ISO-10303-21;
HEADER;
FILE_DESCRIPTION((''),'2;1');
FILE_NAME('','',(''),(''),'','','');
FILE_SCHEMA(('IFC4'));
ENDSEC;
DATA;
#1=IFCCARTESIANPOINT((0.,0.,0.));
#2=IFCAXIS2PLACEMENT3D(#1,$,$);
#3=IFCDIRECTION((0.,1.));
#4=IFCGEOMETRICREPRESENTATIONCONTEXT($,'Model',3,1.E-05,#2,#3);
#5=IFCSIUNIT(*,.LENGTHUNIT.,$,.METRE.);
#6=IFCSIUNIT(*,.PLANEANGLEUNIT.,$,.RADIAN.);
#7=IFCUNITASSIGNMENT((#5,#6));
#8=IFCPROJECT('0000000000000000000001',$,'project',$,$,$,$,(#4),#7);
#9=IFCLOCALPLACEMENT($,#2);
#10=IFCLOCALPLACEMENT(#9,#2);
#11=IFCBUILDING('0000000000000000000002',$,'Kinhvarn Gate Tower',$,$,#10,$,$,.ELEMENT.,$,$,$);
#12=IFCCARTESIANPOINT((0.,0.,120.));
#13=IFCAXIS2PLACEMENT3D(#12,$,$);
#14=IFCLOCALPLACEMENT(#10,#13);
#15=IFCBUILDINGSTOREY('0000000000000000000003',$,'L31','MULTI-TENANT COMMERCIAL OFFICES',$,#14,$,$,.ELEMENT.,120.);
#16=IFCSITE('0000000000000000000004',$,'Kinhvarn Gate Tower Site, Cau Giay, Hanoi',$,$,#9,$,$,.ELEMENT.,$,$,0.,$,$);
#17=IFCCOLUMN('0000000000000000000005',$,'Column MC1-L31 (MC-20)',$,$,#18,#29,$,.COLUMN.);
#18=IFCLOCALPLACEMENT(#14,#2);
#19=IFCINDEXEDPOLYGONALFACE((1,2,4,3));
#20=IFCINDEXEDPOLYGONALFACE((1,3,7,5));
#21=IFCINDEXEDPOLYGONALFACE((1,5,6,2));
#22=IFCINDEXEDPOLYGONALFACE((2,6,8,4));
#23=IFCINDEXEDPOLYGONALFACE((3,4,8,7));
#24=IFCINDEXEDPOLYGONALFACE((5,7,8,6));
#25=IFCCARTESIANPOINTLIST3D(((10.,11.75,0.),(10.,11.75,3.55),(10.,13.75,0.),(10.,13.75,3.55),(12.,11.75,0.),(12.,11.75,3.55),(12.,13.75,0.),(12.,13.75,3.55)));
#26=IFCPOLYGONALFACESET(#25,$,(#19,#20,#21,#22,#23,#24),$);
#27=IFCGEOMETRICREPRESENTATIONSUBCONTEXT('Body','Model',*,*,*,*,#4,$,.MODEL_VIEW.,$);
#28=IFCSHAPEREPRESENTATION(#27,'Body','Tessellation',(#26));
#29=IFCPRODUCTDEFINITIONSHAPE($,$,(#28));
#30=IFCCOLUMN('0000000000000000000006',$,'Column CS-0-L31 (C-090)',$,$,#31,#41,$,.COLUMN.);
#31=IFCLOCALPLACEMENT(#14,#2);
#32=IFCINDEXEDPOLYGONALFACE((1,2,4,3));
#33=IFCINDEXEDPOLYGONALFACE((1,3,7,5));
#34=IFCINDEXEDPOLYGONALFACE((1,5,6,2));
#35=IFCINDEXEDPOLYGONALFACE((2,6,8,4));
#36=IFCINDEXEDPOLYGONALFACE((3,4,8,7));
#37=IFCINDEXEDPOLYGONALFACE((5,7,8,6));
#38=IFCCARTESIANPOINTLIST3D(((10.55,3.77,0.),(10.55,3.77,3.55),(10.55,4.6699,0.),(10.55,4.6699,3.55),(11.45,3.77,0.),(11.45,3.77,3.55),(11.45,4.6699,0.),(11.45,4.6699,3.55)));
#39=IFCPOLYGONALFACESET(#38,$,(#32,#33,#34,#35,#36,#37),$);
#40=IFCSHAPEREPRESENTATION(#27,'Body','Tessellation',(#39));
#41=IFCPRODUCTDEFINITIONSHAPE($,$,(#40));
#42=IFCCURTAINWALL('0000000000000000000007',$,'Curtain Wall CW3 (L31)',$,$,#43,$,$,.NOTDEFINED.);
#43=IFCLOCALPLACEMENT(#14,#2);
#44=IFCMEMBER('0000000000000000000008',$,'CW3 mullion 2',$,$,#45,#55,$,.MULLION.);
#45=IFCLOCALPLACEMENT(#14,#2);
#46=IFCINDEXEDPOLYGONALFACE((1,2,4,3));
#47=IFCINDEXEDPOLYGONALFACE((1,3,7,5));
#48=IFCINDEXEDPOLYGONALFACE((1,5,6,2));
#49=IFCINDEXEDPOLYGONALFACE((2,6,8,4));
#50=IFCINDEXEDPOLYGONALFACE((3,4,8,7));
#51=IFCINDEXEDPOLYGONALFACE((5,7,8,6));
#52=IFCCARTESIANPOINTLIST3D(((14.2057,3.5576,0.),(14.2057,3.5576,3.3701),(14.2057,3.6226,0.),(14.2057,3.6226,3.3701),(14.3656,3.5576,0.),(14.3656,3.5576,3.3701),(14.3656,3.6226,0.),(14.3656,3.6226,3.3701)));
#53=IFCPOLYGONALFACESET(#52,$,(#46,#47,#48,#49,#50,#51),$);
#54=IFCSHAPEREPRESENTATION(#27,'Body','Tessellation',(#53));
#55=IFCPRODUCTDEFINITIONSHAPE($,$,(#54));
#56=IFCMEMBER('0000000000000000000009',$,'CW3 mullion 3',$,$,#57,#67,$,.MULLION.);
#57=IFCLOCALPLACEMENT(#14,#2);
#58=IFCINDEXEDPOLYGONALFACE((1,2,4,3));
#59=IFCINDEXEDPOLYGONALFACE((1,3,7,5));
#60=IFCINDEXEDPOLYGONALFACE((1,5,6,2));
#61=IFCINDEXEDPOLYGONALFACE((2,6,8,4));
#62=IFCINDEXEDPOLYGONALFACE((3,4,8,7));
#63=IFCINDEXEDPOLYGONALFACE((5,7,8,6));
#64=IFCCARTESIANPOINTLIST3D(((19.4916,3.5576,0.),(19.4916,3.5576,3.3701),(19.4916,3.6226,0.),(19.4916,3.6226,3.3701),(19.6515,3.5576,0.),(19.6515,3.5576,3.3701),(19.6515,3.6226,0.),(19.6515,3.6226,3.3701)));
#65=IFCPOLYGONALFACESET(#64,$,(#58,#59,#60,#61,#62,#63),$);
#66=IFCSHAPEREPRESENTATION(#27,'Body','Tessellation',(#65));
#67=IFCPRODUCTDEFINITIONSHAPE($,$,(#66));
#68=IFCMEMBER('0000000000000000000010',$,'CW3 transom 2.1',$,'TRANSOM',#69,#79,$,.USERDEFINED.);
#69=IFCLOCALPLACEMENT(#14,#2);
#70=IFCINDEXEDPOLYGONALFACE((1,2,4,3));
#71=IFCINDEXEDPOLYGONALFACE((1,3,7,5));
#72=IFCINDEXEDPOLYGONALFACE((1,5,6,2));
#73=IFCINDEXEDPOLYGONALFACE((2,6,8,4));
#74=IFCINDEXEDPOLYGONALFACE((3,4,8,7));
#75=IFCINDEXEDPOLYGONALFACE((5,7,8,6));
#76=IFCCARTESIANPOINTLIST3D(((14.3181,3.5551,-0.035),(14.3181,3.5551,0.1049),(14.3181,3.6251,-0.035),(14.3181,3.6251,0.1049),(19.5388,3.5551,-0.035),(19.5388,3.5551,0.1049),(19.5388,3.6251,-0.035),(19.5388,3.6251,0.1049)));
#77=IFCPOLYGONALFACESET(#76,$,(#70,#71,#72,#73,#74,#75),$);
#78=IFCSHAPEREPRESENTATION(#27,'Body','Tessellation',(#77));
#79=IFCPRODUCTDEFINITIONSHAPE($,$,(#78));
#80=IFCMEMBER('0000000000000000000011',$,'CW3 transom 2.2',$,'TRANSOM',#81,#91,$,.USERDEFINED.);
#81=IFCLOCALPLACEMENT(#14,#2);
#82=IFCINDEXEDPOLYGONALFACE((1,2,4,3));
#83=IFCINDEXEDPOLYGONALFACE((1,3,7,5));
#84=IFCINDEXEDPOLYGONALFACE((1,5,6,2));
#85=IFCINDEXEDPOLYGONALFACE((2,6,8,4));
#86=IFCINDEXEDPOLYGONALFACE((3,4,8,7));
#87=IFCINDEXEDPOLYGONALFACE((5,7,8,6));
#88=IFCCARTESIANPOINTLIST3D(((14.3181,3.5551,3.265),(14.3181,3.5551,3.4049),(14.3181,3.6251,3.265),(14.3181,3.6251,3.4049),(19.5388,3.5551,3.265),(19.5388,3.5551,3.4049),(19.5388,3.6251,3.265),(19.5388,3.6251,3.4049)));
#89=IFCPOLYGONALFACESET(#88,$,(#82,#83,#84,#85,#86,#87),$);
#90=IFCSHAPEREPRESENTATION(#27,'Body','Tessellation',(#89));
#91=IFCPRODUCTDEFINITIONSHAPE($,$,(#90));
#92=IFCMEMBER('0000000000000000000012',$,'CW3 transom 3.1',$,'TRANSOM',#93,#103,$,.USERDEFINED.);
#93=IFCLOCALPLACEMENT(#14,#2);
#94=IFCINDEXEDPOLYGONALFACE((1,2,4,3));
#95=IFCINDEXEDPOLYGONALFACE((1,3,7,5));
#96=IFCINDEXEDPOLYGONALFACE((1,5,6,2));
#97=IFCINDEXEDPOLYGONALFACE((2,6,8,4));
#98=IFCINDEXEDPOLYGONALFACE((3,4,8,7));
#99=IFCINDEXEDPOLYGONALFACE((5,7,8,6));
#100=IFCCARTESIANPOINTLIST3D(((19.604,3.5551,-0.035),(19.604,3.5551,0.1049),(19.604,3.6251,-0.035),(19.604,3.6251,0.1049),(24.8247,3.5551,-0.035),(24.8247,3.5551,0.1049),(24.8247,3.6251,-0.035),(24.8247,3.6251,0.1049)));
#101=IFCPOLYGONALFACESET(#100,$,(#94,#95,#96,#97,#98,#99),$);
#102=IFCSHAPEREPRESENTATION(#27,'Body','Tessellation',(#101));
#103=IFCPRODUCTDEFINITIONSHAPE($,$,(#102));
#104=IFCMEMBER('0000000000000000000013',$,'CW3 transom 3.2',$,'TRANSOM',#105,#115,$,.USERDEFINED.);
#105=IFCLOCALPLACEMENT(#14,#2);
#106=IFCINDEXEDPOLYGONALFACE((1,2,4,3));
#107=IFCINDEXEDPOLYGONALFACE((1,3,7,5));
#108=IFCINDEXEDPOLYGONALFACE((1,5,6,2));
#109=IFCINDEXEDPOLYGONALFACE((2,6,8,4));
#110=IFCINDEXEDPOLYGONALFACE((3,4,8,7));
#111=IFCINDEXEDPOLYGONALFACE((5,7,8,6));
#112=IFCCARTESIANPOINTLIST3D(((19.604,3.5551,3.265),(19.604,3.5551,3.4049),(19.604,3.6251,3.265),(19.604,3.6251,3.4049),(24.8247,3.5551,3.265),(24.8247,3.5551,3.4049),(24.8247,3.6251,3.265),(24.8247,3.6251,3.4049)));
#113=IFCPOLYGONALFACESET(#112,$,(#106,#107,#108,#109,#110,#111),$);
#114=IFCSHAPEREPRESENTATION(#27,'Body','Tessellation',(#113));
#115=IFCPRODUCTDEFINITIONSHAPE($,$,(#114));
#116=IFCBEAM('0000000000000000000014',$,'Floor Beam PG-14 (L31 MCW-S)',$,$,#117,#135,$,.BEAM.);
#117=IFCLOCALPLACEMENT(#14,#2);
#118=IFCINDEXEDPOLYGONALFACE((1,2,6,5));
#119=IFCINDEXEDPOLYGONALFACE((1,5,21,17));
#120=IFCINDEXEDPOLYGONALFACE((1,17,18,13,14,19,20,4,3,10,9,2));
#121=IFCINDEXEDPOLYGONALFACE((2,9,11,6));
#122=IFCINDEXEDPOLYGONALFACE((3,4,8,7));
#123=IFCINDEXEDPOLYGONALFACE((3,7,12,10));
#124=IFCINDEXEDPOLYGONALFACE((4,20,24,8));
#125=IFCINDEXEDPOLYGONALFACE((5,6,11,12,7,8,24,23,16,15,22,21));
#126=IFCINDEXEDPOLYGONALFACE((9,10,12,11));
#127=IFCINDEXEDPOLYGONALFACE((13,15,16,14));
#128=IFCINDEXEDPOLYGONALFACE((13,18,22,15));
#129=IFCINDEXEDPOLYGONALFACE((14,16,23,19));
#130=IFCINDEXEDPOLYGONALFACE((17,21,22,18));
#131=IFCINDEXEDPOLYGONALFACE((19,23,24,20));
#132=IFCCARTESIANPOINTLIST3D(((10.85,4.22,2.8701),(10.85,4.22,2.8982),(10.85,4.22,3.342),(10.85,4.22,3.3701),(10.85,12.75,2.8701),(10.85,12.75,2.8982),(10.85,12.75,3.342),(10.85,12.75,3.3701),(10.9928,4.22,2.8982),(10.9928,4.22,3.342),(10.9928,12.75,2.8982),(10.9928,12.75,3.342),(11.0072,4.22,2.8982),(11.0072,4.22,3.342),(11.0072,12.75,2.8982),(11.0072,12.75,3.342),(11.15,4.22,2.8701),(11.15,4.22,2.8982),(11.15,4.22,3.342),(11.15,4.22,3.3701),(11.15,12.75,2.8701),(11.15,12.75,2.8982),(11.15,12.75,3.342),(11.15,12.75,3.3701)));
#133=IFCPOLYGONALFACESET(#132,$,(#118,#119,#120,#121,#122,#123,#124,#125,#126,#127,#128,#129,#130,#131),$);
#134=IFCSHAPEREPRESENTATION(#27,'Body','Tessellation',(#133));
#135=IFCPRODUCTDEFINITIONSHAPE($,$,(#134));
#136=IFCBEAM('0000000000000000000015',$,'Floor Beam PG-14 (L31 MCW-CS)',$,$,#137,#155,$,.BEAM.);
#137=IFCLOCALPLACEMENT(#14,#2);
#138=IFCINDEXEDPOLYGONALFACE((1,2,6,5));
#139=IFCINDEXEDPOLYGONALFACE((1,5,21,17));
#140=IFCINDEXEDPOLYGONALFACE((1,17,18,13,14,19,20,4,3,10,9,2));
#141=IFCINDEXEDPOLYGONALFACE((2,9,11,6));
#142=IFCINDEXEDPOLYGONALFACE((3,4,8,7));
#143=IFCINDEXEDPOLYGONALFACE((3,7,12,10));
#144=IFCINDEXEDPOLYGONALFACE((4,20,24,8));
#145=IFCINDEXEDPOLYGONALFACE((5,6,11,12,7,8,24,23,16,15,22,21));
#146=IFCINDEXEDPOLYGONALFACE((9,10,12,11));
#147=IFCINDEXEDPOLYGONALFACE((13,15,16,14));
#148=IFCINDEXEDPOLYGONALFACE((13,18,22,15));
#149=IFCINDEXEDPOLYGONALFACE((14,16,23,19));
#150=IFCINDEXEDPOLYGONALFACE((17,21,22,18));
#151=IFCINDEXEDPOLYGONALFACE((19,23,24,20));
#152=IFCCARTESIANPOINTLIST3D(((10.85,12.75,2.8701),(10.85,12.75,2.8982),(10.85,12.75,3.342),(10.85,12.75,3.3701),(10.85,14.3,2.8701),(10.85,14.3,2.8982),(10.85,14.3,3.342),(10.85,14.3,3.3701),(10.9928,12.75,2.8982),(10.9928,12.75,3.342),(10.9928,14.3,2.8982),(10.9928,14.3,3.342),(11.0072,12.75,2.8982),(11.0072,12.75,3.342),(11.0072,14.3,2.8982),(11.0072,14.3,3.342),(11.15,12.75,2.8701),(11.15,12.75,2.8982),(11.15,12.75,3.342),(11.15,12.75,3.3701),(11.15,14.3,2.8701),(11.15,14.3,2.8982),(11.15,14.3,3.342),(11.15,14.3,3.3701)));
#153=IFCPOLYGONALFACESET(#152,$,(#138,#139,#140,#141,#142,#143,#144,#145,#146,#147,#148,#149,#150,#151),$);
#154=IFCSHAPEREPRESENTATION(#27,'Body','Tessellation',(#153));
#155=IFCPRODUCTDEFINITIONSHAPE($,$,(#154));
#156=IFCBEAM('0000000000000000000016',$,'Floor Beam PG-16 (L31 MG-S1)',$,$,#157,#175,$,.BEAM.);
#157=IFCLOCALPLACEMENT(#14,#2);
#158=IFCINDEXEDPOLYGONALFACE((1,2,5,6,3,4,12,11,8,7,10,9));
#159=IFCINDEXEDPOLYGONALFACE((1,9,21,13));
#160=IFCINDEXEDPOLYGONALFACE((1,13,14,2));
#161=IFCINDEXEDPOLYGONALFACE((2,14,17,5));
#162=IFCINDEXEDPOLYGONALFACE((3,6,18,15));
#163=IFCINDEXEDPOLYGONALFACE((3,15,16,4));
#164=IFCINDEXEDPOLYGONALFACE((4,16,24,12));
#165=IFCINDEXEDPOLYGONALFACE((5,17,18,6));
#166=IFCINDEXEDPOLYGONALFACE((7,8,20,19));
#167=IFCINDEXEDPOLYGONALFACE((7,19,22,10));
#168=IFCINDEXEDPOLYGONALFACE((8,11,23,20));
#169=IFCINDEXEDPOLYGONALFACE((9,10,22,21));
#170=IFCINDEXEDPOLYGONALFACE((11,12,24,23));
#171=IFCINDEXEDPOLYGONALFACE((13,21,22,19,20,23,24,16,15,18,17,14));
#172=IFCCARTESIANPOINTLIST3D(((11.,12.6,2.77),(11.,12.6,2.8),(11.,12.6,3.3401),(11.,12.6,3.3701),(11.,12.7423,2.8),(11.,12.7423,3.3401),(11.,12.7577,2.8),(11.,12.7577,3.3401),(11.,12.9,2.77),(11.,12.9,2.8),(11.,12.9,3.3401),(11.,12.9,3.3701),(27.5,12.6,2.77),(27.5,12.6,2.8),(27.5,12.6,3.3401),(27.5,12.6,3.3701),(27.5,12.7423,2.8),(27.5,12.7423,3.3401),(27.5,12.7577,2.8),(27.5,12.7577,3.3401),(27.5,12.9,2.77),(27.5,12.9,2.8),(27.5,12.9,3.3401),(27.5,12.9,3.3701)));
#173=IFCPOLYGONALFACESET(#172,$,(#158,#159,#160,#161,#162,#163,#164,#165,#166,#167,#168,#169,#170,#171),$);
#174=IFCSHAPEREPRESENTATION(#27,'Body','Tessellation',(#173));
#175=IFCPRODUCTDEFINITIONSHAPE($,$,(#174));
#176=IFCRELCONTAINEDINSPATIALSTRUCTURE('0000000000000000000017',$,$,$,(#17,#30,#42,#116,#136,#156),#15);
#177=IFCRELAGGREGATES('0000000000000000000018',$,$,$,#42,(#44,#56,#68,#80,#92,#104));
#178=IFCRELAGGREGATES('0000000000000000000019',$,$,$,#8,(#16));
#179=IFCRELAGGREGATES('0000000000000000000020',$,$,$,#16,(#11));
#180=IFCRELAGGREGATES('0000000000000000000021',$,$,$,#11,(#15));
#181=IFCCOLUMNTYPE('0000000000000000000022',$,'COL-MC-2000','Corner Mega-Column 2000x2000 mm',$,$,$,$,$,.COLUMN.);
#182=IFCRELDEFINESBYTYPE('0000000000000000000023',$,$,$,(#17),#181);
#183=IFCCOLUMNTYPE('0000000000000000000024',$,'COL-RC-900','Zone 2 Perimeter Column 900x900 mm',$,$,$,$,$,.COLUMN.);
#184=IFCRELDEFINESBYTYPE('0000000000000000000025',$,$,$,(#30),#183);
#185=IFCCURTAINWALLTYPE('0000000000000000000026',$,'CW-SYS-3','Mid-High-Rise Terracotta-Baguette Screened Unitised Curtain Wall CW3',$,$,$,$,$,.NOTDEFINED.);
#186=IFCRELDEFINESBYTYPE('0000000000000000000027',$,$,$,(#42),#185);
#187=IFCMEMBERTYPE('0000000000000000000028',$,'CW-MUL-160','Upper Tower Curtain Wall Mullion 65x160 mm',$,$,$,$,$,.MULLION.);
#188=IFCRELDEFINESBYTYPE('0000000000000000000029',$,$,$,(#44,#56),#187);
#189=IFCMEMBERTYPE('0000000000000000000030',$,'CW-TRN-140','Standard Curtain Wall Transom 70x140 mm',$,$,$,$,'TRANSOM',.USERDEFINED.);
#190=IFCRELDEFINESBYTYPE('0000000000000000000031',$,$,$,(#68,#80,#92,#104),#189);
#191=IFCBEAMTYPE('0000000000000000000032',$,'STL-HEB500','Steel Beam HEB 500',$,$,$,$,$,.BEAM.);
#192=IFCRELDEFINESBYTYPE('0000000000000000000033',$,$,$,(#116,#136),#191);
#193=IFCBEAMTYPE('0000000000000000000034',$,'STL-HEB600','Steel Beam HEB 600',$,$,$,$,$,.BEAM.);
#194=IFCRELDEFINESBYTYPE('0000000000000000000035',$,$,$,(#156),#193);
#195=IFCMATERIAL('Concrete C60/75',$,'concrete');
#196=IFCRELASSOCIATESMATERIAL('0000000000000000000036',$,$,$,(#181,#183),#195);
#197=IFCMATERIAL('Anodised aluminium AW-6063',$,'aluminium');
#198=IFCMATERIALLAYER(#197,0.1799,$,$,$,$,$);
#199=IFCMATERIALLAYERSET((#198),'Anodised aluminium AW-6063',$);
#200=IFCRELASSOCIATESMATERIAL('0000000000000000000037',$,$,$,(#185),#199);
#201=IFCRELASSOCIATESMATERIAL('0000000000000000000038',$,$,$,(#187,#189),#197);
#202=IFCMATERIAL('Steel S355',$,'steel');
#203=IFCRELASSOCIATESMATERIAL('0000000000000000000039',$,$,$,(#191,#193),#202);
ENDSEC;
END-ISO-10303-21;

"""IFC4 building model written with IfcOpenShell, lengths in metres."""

from ifc_helpers import new_model, si_unit, direction, frame, origin, origin_2d, place, context, subcontext, project, spatial, rectangle, i_section, extrude, material, layer, layer_set, material_profile, profile_set, type_object, element, aggregate, save


model = new_model("IFC4")

# Units and contexts
model_context = context("Model", 3, precision=1e-05, world=origin(), true_north=direction((0.0, 1.0)))
body_context = subcontext(model_context, "Body", "Model", "MODEL_VIEW")
ifc_project = project(units=[si_unit("LENGTHUNIT", "METRE"), si_unit("PLANEANGLEUNIT", "RADIAN")], contexts=[model_context])

# Site, building, storey
site_placement = place(None, origin())
site = spatial("IfcSite", under=ifc_project, at=site_placement, Name="Kinhvarn Gate Tower Site, Cau Giay, Hanoi", CompositionType="ELEMENT", RefElevation=0.0)
building_placement = place(site_placement, origin())
building = spatial("IfcBuilding", under=site, at=building_placement, Name="Kinhvarn Gate Tower", CompositionType="ELEMENT")
storey_placement = place(building_placement, frame((0.0, 0.0, 120.0)))
storey = spatial("IfcBuildingStorey", under=building, at=storey_placement, Name="L31", Description="MULTI-TENANT COMMERCIAL OFFICES", CompositionType="ELEMENT", Elevation=120.0)

# Columns
ifc_material_1 = material(Name="Concrete C60/75", Category="concrete")
ifc_material_profile_1 = material_profile(ifc_material_1, rectangle(XDim=2.0, YDim=2.0, at=origin_2d()), Name="RC 2000x2000")
ifc_profile_set_1 = profile_set([ifc_material_profile_1], Name="Concrete C60/75")
column_type_1 = type_object("IfcColumnType", Name="COL-MC-2000", Description="Corner Mega-Column 2000x2000 mm", PredefinedType="COLUMN", material=ifc_profile_set_1)
column_1_placement = place(storey_placement, frame((11.0, 12.75, 0.0), z_axis=(0.0, 0.0, 1.0), x_axis=(1.0, 0.0, 0.0)))
element("IfcColumn", 1, at=column_1_placement, inside=storey, type_object=column_type_1, Name="Column MC1-L31 (MC-20)", PredefinedType="COLUMN", context=body_context, shape_type="SweptSolid", body=[
    extrude(rectangle(XDim=2.0, YDim=2.0, at=origin_2d()), origin(), (0.0, 0.0, 1.0), 3.55),
])
ifc_material_profile_2 = material_profile(ifc_material_1, rectangle(XDim=0.8999, YDim=0.8999, at=origin_2d()), Name="RC 900x900")
ifc_profile_set_2 = profile_set([ifc_material_profile_2], Name="Concrete C60/75")
column_type_2 = type_object("IfcColumnType", Name="COL-RC-900", Description="Zone 2 Perimeter Column 900x900 mm", PredefinedType="COLUMN", material=ifc_profile_set_2)
column_2_placement = place(storey_placement, frame((11.0, 4.22, 0.0), z_axis=(0.0, 0.0, 1.0), x_axis=(1.0, 0.0, 0.0)))
element("IfcColumn", 2, at=column_2_placement, inside=storey, type_object=column_type_2, Name="Column CS-0-L31 (C-090)", PredefinedType="COLUMN", context=body_context, shape_type="SweptSolid", body=[
    extrude(rectangle(XDim=0.8999, YDim=0.8999, at=origin_2d()), origin(), (0.0, 0.0, 1.0), 3.55),
])

# Curtain wall, members
ifc_material_2 = material(Name="Anodised aluminium AW-6063", Category="aluminium")
ifc_layer_1 = layer(ifc_material_2, 0.1799)
ifc_layer_set_1 = layer_set([ifc_layer_1], Name="Anodised aluminium AW-6063")
curtain_wall_type = type_object("IfcCurtainWallType", Name="CW-SYS-3", Description="Mid-High-Rise Terracotta-Baguette Screened Unitised Curtain Wall CW3", PredefinedType="NOTDEFINED", material=ifc_layer_set_1)
curtain_wall_placement = place(storey_placement, origin())
curtain_wall = element("IfcCurtainWall", 3, at=curtain_wall_placement, inside=storey, type_object=curtain_wall_type, Name="Curtain Wall CW3 (L31)", PredefinedType="NOTDEFINED")
ifc_material_profile_3 = material_profile(ifc_material_2, rectangle(XDim=0.0649, YDim=0.1599, at=origin_2d()), Name="ALU 65x160")
ifc_profile_set_3 = profile_set([ifc_material_profile_3], Name="Anodised aluminium AW-6063")
member_type_1 = type_object("IfcMemberType", Name="CW-MUL-160", Description="Upper Tower Curtain Wall Mullion 65x160 mm", PredefinedType="MULLION", material=ifc_profile_set_3)
member_1_placement = place(storey_placement, frame((14.2856, 3.5901, 0.0), z_axis=(0.0, 0.0, 1.0), x_axis=(0.0, 1.0, 0.0)))
member_1 = element("IfcMember", 4, at=member_1_placement, type_object=member_type_1, Name="CW3 mullion 2", PredefinedType="MULLION", context=body_context, shape_type="SweptSolid", body=[
    extrude(rectangle(XDim=0.0649, YDim=0.1599, at=origin_2d()), origin(), (0.0, 0.0, 1.0), 3.3701),
])
member_2_placement = place(storey_placement, frame((19.5715, 3.5901, 0.0), z_axis=(0.0, 0.0, 1.0), x_axis=(0.0, 1.0, 0.0)))
member_2 = element("IfcMember", 5, at=member_2_placement, type_object=member_type_1, Name="CW3 mullion 3", PredefinedType="MULLION", context=body_context, shape_type="SweptSolid", body=[
    extrude(rectangle(XDim=0.0649, YDim=0.1599, at=origin_2d()), origin(), (0.0, 0.0, 1.0), 3.3701),
])
ifc_material_profile_4 = material_profile(ifc_material_2, rectangle(XDim=0.0701, YDim=0.1399, at=origin_2d()), Name="ALU 70x140")
ifc_profile_set_4 = profile_set([ifc_material_profile_4], Name="Anodised aluminium AW-6063")
member_type_2 = type_object("IfcMemberType", Name="CW-TRN-140", Description="Standard Curtain Wall Transom 70x140 mm", ElementType="TRANSOM", PredefinedType="USERDEFINED", material=ifc_profile_set_4)
member_3_placement = place(storey_placement, frame((14.3181, 3.5901, 0.0349), z_axis=(1.0, 0.0, 0.0), x_axis=(0.0, 1.0, 0.0)))
member_3 = element("IfcMember", 6, at=member_3_placement, type_object=member_type_2, Name="CW3 transom 2.1", ObjectType="TRANSOM", PredefinedType="USERDEFINED", context=body_context, shape_type="SweptSolid", body=[
    extrude(rectangle(XDim=0.0701, YDim=0.1399, at=origin_2d()), origin(), (0.0, 0.0, 1.0), 5.2207),
])
member_4_placement = place(storey_placement, frame((14.3181, 3.5901, 3.335), z_axis=(1.0, 0.0, 0.0), x_axis=(0.0, 1.0, 0.0)))
member_4 = element("IfcMember", 7, at=member_4_placement, type_object=member_type_2, Name="CW3 transom 2.2", ObjectType="TRANSOM", PredefinedType="USERDEFINED", context=body_context, shape_type="SweptSolid", body=[
    extrude(rectangle(XDim=0.0701, YDim=0.1399, at=origin_2d()), origin(), (0.0, 0.0, 1.0), 5.2207),
])
member_5_placement = place(storey_placement, frame((19.604, 3.5901, 0.0349), z_axis=(1.0, 0.0, 0.0), x_axis=(0.0, 1.0, 0.0)))
member_5 = element("IfcMember", 8, at=member_5_placement, type_object=member_type_2, Name="CW3 transom 3.1", ObjectType="TRANSOM", PredefinedType="USERDEFINED", context=body_context, shape_type="SweptSolid", body=[
    extrude(rectangle(XDim=0.0701, YDim=0.1399, at=origin_2d()), origin(), (0.0, 0.0, 1.0), 5.2207),
])
member_6_placement = place(storey_placement, frame((19.604, 3.5901, 3.335), z_axis=(1.0, 0.0, 0.0), x_axis=(0.0, 1.0, 0.0)))
member_6 = element("IfcMember", 9, at=member_6_placement, type_object=member_type_2, Name="CW3 transom 3.2", ObjectType="TRANSOM", PredefinedType="USERDEFINED", context=body_context, shape_type="SweptSolid", body=[
    extrude(rectangle(XDim=0.0701, YDim=0.1399, at=origin_2d()), origin(), (0.0, 0.0, 1.0), 5.2207),
])

# Beams
ifc_material_3 = material(Name="Steel S355", Category="steel")
ifc_material_profile_5 = material_profile(ifc_material_3, i_section(OverallWidth=0.3, OverallDepth=0.5, WebThickness=0.0144, FlangeThickness=0.0281, at=origin_2d()), Name="HEB 500")
ifc_profile_set_5 = profile_set([ifc_material_profile_5], Name="Steel S355")
beam_type_1 = type_object("IfcBeamType", Name="STL-HEB500", Description="Steel Beam HEB 500", PredefinedType="BEAM", material=ifc_profile_set_5)
beam_1_placement = place(storey_placement, frame((11.0, 4.22, 3.1201), z_axis=(0.0, 1.0, 0.0), x_axis=(-1.0, 0.0, 0.0)))
element("IfcBeam", 10, at=beam_1_placement, inside=storey, type_object=beam_type_1, Name="Floor Beam PG-14 (L31 MCW-S)", PredefinedType="BEAM", context=body_context, shape_type="SweptSolid", body=[
    extrude(i_section(OverallWidth=0.3, OverallDepth=0.5, WebThickness=0.0144, FlangeThickness=0.0281, at=origin_2d()), origin(), (0.0, 0.0, 1.0), 8.53),
])
beam_2_placement = place(storey_placement, frame((11.0, 12.75, 3.1201), z_axis=(0.0, 1.0, 0.0), x_axis=(-1.0, 0.0, 0.0)))
element("IfcBeam", 11, at=beam_2_placement, inside=storey, type_object=beam_type_1, Name="Floor Beam PG-14 (L31 MCW-CS)", PredefinedType="BEAM", context=body_context, shape_type="SweptSolid", body=[
    extrude(i_section(OverallWidth=0.3, OverallDepth=0.5, WebThickness=0.0144, FlangeThickness=0.0281, at=origin_2d()), origin(), (0.0, 0.0, 1.0), 1.55),
])
ifc_material_profile_6 = material_profile(ifc_material_3, i_section(OverallWidth=0.3, OverallDepth=0.6001, WebThickness=0.0154, FlangeThickness=0.03, at=origin_2d()), Name="HEB 600")
ifc_profile_set_6 = profile_set([ifc_material_profile_6], Name="Steel S355")
beam_type_2 = type_object("IfcBeamType", Name="STL-HEB600", Description="Steel Beam HEB 600", PredefinedType="BEAM", material=ifc_profile_set_6)
beam_3_placement = place(storey_placement, frame((11.0, 12.75, 3.0701), z_axis=(1.0, 0.0, 0.0), x_axis=(0.0, 1.0, 0.0)))
element("IfcBeam", 12, at=beam_3_placement, inside=storey, type_object=beam_type_2, Name="Floor Beam PG-16 (L31 MG-S1)", PredefinedType="BEAM", context=body_context, shape_type="SweptSolid", body=[
    extrude(i_section(OverallWidth=0.3, OverallDepth=0.6001, WebThickness=0.0154, FlangeThickness=0.03, at=origin_2d()), origin(), (0.0, 0.0, 1.0), 16.5),
])

aggregate(curtain_wall, [member_1, member_2, member_3, member_4, member_5, member_6])

save(model, "model.ifc")
